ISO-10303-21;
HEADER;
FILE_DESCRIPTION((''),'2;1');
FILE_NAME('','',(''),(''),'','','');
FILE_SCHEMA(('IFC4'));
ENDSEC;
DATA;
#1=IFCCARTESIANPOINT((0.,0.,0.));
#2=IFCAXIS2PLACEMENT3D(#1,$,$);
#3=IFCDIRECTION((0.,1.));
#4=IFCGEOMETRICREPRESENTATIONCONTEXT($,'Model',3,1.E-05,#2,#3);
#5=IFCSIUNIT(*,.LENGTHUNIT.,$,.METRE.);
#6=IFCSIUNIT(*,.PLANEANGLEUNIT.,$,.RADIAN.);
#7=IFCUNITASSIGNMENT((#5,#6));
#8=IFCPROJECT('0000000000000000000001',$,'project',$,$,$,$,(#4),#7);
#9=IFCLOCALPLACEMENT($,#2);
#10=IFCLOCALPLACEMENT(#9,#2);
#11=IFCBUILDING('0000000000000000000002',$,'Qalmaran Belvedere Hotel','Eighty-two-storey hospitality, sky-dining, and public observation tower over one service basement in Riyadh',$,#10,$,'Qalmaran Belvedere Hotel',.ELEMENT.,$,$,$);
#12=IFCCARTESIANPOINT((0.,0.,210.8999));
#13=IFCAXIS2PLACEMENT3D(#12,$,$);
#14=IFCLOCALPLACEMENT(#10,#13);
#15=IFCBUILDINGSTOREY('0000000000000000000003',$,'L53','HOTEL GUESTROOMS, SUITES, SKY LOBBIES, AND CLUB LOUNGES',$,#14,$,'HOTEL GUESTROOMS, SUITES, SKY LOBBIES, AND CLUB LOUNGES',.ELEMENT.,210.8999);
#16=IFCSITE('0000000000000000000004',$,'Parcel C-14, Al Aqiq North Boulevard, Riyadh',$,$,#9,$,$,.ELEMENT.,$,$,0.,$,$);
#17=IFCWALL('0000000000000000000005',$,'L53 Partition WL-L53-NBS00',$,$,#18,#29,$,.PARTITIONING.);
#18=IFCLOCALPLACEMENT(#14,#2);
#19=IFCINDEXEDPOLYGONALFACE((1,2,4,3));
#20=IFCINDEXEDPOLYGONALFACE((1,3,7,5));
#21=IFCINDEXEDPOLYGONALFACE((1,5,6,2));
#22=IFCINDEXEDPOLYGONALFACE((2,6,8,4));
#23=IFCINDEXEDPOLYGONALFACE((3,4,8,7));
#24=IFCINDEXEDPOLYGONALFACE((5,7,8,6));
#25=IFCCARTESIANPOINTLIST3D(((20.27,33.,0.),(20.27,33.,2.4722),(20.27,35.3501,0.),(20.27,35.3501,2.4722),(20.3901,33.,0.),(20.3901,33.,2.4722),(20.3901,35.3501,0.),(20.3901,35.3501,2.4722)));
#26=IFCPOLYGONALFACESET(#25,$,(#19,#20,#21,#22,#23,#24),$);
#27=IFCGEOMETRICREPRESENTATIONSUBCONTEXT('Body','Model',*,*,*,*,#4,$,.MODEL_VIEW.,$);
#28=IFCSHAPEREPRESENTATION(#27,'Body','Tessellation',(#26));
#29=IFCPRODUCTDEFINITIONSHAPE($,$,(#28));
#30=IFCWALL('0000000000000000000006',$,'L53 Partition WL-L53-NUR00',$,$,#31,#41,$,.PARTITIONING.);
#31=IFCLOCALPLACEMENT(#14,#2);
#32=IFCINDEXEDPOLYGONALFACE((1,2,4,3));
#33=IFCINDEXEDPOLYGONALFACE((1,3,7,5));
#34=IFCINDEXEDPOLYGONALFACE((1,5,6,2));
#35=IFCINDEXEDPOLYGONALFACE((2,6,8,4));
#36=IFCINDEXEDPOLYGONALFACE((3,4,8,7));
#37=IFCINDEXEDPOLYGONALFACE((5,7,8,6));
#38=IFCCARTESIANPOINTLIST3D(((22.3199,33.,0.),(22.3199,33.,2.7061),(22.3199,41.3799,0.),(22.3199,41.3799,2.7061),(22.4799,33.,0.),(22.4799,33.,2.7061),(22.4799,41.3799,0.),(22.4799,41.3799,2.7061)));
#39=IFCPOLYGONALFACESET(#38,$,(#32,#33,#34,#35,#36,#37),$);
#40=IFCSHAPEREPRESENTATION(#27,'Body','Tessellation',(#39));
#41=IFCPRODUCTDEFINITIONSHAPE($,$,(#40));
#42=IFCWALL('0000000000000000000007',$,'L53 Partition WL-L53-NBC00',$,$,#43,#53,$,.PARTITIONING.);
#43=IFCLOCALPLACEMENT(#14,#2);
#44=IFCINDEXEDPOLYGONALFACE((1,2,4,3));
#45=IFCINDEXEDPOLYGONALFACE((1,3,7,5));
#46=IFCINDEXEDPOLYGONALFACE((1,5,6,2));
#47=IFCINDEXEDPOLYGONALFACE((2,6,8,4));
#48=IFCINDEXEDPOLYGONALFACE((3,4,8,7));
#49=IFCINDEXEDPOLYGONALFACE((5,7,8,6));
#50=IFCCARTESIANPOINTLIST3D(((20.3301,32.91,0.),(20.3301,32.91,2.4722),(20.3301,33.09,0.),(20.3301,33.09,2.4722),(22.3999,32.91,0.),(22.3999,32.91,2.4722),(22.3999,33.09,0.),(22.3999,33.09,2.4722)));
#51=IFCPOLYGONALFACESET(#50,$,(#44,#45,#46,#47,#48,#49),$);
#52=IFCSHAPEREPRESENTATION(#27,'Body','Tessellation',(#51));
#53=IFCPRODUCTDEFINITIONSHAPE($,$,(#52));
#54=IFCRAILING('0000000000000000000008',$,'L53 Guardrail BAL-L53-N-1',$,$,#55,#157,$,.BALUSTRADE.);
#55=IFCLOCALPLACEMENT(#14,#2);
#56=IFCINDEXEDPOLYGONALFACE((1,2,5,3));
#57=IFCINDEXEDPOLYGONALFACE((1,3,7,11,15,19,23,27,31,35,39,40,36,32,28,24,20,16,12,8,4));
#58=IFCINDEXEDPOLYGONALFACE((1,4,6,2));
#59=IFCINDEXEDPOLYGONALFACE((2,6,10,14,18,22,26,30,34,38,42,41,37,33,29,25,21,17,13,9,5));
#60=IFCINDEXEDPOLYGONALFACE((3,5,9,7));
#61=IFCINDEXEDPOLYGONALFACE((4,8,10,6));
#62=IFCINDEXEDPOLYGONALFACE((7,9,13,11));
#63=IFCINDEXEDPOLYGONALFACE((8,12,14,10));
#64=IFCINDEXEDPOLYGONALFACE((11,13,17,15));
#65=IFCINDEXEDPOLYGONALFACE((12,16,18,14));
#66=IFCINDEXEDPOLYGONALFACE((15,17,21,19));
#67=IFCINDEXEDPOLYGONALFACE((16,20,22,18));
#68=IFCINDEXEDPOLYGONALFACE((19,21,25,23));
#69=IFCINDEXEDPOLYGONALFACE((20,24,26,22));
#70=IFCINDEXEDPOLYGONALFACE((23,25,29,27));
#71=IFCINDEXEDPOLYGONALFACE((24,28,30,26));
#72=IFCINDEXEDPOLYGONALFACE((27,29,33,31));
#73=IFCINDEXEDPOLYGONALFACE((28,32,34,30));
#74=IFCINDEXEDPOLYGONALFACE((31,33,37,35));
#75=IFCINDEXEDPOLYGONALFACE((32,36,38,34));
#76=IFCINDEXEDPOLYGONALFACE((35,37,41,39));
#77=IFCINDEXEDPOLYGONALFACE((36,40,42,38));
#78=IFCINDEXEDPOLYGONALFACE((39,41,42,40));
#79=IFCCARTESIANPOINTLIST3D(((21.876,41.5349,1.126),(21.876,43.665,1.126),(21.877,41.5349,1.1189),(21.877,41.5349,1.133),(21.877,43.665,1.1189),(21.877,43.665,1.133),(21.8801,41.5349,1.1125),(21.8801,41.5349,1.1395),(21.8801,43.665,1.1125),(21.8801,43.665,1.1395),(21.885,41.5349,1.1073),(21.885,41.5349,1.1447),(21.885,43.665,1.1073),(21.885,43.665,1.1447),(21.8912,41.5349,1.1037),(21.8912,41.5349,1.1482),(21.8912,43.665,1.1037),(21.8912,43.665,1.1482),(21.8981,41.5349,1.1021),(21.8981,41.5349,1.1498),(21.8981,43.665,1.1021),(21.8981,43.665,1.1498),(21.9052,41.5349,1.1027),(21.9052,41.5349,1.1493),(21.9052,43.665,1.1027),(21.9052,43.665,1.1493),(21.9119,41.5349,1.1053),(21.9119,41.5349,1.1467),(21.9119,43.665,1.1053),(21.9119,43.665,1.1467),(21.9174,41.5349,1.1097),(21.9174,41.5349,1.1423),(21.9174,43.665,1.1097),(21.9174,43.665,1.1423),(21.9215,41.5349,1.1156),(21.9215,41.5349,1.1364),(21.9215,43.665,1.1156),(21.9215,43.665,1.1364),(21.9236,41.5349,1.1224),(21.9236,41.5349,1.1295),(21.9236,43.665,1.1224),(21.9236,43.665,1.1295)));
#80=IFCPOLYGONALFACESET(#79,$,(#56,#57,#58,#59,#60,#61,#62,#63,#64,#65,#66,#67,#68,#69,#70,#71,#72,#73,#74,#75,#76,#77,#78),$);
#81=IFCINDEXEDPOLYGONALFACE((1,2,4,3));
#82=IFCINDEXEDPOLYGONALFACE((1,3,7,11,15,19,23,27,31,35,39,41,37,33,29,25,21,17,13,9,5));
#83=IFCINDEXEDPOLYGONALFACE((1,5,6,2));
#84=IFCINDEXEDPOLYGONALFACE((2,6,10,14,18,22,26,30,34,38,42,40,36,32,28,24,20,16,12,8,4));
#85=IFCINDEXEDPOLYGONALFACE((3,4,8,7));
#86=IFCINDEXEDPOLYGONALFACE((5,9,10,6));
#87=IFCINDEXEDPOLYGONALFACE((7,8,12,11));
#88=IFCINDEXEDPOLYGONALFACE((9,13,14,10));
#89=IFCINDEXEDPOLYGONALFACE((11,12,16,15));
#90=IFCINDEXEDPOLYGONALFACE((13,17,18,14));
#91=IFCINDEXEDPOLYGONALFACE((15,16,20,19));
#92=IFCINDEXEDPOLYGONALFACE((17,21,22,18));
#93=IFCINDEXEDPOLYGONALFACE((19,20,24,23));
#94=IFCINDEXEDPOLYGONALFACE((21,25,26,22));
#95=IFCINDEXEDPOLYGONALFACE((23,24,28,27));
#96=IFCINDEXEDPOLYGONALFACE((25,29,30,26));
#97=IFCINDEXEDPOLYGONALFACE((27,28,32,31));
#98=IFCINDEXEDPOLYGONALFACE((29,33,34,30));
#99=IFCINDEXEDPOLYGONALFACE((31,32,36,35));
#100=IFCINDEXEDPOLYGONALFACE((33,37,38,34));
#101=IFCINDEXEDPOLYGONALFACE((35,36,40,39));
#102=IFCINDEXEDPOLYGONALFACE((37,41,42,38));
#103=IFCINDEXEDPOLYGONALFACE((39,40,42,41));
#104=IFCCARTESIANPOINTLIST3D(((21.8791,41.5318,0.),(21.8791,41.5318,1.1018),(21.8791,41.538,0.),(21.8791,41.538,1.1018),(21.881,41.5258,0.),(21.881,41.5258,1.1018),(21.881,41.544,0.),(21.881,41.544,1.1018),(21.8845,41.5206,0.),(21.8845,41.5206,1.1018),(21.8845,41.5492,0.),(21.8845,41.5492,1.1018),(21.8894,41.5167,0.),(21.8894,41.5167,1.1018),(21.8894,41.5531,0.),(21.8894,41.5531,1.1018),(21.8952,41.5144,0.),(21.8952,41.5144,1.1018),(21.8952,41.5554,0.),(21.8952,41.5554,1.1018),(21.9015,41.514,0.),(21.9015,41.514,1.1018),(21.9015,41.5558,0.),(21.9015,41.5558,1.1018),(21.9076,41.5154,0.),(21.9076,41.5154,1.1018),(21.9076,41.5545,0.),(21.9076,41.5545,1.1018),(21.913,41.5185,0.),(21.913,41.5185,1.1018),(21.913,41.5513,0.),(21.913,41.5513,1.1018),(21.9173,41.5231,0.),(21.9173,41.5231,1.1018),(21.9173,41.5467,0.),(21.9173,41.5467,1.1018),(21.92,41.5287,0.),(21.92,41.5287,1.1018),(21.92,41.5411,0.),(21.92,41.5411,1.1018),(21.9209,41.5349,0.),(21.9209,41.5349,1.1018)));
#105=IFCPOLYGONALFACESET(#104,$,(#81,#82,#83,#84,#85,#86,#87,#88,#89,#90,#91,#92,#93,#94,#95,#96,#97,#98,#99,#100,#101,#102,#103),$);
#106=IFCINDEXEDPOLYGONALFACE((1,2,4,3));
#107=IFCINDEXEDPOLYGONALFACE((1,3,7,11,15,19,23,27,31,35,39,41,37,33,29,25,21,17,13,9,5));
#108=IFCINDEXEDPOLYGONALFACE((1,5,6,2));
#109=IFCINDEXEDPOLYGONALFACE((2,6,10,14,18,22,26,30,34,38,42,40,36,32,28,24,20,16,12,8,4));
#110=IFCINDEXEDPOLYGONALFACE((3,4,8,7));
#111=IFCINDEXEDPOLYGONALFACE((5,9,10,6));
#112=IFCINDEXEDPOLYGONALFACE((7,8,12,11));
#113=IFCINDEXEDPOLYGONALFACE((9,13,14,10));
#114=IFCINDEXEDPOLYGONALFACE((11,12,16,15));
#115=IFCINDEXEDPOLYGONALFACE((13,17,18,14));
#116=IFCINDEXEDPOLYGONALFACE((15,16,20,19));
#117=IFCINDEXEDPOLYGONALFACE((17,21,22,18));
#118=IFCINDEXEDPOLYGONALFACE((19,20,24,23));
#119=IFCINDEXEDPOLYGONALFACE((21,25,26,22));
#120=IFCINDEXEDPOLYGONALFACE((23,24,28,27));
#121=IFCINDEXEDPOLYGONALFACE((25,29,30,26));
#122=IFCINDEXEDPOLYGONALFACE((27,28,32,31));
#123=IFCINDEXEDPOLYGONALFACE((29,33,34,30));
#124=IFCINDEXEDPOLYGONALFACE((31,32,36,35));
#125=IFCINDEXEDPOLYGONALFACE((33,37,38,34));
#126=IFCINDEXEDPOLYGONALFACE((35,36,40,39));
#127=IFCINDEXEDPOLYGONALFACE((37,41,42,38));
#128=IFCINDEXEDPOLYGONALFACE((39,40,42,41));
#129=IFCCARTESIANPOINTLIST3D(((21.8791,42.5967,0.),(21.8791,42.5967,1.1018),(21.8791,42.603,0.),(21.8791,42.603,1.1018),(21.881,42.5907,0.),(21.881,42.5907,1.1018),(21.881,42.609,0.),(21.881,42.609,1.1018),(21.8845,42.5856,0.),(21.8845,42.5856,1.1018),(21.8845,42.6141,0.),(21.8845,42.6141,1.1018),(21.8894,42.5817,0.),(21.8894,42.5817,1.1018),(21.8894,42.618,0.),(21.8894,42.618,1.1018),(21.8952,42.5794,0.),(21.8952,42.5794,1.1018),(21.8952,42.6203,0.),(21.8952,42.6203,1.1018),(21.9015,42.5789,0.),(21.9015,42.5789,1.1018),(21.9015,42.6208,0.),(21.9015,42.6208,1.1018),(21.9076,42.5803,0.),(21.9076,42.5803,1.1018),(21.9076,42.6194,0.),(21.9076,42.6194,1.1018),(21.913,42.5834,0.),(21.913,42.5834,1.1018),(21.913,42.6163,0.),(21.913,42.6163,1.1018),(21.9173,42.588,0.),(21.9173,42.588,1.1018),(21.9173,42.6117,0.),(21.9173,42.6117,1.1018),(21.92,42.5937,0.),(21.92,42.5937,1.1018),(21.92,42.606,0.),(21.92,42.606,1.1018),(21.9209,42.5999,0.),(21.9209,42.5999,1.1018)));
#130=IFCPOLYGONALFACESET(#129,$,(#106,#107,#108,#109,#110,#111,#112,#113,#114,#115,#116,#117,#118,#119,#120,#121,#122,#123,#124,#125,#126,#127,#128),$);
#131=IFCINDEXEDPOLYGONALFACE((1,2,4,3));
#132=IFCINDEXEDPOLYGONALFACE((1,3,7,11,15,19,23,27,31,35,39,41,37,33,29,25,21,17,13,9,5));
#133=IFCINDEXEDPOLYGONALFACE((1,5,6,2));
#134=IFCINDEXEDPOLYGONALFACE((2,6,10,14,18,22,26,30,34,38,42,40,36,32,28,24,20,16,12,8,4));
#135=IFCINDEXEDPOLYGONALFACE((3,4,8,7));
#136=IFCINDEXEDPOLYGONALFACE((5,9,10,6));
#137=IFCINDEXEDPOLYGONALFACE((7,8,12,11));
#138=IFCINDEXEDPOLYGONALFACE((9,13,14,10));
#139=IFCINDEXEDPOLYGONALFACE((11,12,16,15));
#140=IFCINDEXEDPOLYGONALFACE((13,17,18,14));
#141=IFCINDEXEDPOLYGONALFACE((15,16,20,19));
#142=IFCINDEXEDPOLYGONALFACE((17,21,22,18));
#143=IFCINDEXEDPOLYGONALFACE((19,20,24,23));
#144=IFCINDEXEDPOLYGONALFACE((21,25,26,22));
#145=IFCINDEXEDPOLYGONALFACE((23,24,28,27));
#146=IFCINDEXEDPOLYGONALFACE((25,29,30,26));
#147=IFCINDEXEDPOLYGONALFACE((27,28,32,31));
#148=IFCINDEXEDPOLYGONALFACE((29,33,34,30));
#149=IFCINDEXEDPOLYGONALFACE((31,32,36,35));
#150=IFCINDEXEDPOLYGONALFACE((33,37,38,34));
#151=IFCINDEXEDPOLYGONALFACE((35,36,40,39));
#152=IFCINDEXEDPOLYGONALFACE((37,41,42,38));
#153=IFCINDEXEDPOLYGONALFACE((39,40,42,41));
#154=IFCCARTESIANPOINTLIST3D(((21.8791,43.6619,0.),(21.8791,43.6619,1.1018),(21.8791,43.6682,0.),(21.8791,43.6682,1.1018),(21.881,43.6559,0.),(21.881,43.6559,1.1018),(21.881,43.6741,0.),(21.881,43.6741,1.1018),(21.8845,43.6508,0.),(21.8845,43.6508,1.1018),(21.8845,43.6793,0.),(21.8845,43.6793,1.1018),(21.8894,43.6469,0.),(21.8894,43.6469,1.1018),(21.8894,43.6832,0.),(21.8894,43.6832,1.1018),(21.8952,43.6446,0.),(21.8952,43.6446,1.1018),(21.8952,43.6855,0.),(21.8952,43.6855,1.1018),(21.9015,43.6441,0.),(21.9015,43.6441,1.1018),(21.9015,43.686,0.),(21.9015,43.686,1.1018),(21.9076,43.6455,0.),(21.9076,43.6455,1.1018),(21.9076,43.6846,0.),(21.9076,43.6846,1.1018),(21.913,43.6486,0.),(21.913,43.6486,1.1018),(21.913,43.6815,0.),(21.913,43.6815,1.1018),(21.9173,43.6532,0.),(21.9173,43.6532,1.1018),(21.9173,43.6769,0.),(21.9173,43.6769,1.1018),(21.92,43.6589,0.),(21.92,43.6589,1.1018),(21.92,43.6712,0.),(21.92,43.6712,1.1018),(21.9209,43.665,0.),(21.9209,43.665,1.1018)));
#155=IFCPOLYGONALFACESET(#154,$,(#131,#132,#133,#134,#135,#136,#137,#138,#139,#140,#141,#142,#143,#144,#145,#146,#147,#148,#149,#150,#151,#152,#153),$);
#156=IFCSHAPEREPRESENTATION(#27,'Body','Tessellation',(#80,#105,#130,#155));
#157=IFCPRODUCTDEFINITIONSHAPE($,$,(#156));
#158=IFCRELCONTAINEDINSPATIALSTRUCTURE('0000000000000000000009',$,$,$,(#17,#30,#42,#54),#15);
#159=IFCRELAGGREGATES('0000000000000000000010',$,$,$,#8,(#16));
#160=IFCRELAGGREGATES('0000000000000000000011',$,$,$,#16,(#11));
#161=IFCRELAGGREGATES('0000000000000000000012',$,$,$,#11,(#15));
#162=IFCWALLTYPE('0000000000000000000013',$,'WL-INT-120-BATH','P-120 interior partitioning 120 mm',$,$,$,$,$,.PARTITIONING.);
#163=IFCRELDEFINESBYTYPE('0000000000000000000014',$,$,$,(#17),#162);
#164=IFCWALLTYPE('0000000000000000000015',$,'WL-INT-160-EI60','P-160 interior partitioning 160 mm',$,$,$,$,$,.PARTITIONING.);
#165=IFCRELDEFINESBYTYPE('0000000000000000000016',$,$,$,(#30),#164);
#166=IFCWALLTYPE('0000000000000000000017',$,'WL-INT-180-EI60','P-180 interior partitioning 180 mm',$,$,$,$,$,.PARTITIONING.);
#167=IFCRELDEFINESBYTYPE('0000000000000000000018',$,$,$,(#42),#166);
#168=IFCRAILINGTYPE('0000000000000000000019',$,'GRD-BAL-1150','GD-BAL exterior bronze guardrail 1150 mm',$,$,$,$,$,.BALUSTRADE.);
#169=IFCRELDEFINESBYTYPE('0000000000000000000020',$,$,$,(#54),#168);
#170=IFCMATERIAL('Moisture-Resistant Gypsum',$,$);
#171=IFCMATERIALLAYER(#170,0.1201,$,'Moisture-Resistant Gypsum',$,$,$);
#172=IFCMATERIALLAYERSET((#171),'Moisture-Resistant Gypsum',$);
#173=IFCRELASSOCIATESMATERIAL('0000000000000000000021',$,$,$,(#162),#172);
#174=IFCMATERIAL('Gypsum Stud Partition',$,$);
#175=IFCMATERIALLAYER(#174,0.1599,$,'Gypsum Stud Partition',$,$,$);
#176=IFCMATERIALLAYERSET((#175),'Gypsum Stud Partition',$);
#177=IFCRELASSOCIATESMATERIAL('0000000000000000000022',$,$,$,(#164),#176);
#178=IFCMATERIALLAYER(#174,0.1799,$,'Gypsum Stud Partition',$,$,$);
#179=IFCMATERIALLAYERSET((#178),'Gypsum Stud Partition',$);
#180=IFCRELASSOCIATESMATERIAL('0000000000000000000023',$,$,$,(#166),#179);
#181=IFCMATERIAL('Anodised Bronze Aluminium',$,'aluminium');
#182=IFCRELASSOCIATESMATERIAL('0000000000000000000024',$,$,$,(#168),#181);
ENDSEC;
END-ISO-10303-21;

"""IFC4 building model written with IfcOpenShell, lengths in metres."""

from ifc_helpers import new_model, si_unit, direction, frame, frame_2d, origin, origin_2d, place, context, subcontext, project, spatial, rectangle, circle, extrude, material, layer, layer_set, type_object, element, save


model = new_model("IFC4")

# Units and contexts
model_context = context("Model", 3, precision=1e-05, world=origin(), true_north=direction((0.0, 1.0)))
body_context = subcontext(model_context, "Body", "Model", "MODEL_VIEW")
ifc_project = project(units=[si_unit("LENGTHUNIT", "METRE"), si_unit("PLANEANGLEUNIT", "RADIAN")], contexts=[model_context])

# Site, building, storey
site_placement = place(None, origin())
site = spatial("IfcSite", under=ifc_project, at=site_placement, Name="Parcel C-14, Al Aqiq North Boulevard, Riyadh", CompositionType="ELEMENT", RefElevation=0.0)
building_placement = place(site_placement, origin())
building = spatial("IfcBuilding", under=site, at=building_placement, Name="Qalmaran Belvedere Hotel", Description="Eighty-two-storey hospitality, sky-dining, and public observation tower over one service basement in Riyadh", LongName="Qalmaran Belvedere Hotel", CompositionType="ELEMENT")
storey_placement = place(building_placement, frame((0.0, 0.0, 210.8999)))
storey = spatial("IfcBuildingStorey", under=building, at=storey_placement, Name="L53", Description="HOTEL GUESTROOMS, SUITES, SKY LOBBIES, AND CLUB LOUNGES", LongName="HOTEL GUESTROOMS, SUITES, SKY LOBBIES, AND CLUB LOUNGES", CompositionType="ELEMENT", Elevation=210.8999)

# Shared definitions
ifc_material_1 = material(Name="Anodised Bronze Aluminium", Category="aluminium")

# Shared definitions
ifc_material_2 = material(Name="Moisture-Resistant Gypsum")
ifc_layer_1 = layer(ifc_material_2, 0.1201, Name="Moisture-Resistant Gypsum")
ifc_layer_set_1 = layer_set([ifc_layer_1], Name="Moisture-Resistant Gypsum")
wall_type_1 = type_object("IfcWallType", Name="WL-INT-120-BATH", Description="P-120 interior partitioning 120 mm", PredefinedType="PARTITIONING", material=ifc_layer_set_1)

# Walls
wall_1_placement = place(storey_placement, frame((20.3301, 33.0, 0.0), z_axis=(0.0, 0.0, 1.0), x_axis=(0.0, 1.0, 0.0)))
element("IfcWall", 1, at=wall_1_placement, inside=storey, type_object=wall_type_1, Name="L53 Partition WL-L53-NBS00", PredefinedType="PARTITIONING", context=body_context, shape_type="SweptSolid", body=[
    extrude(rectangle(XDim=2.3501, YDim=0.1201, at=frame_2d((1.175, 0.0))), origin(), (0.0, 0.0, 1.0), 2.4722),
])
ifc_material_3 = material(Name="Gypsum Stud Partition")
ifc_layer_2 = layer(ifc_material_3, 0.1599, Name="Gypsum Stud Partition")
ifc_layer_set_2 = layer_set([ifc_layer_2], Name="Gypsum Stud Partition")
wall_type_2 = type_object("IfcWallType", Name="WL-INT-160-EI60", Description="P-160 interior partitioning 160 mm", PredefinedType="PARTITIONING", material=ifc_layer_set_2)
wall_2_placement = place(storey_placement, frame((22.3999, 33.0, 0.0), z_axis=(0.0, 0.0, 1.0), x_axis=(0.0, 1.0, 0.0)))
element("IfcWall", 2, at=wall_2_placement, inside=storey, type_object=wall_type_2, Name="L53 Partition WL-L53-NUR00", PredefinedType="PARTITIONING", context=body_context, shape_type="SweptSolid", body=[
    extrude(rectangle(XDim=8.3799, YDim=0.1599, at=frame_2d((4.1899, 0.0))), origin(), (0.0, 0.0, 1.0), 2.7061),
])
ifc_layer_3 = layer(ifc_material_3, 0.1799, Name="Gypsum Stud Partition")
ifc_layer_set_3 = layer_set([ifc_layer_3], Name="Gypsum Stud Partition")
wall_type_3 = type_object("IfcWallType", Name="WL-INT-180-EI60", Description="P-180 interior partitioning 180 mm", PredefinedType="PARTITIONING", material=ifc_layer_set_3)
wall_3_placement = place(storey_placement, frame((20.3301, 33.0, 0.0), z_axis=(0.0, 0.0, 1.0), x_axis=(1.0, 0.0, 0.0)))
element("IfcWall", 3, at=wall_3_placement, inside=storey, type_object=wall_type_3, Name="L53 Partition WL-L53-NBC00", PredefinedType="PARTITIONING", context=body_context, shape_type="SweptSolid", body=[
    extrude(rectangle(XDim=2.0698, YDim=0.1799, at=frame_2d((1.0349, 0.0))), origin(), (0.0, 0.0, 1.0), 2.4722),
])

# Railing
railing_type = type_object("IfcRailingType", Name="GRD-BAL-1150", Description="GD-BAL exterior bronze guardrail 1150 mm", PredefinedType="BALUSTRADE", material=ifc_material_1)
railing_1_placement = place(storey_placement, frame((21.8999, 41.5349, 0.0)))
element("IfcRailing", 4, at=railing_1_placement, inside=storey, type_object=railing_type, Name="L53 Guardrail BAL-L53-N-1", PredefinedType="BALUSTRADE", context=body_context, shape_type="SweptSolid", body=[
    extrude(circle(Radius=0.0239, at=origin_2d()), frame((0.0, 0.0, 1.126), z_axis=(0.0, 1.0, 0.0), x_axis=(-1.0, 0.0, 0.0)), (0.0, 0.0, 1.0), 2.1301),
    extrude(circle(Radius=0.021, at=origin_2d()), origin(), (0.0, 0.0, 1.0), 1.1018),
    extrude(circle(Radius=0.021, at=origin_2d()), frame((0.0, 1.0649, 0.0)), (0.0, 0.0, 1.0), 1.1018),
    extrude(circle(Radius=0.021, at=origin_2d()), frame((0.0, 2.1301, 0.0)), (0.0, 0.0, 1.0), 1.1018),
])

save(model, "model.ifc")
